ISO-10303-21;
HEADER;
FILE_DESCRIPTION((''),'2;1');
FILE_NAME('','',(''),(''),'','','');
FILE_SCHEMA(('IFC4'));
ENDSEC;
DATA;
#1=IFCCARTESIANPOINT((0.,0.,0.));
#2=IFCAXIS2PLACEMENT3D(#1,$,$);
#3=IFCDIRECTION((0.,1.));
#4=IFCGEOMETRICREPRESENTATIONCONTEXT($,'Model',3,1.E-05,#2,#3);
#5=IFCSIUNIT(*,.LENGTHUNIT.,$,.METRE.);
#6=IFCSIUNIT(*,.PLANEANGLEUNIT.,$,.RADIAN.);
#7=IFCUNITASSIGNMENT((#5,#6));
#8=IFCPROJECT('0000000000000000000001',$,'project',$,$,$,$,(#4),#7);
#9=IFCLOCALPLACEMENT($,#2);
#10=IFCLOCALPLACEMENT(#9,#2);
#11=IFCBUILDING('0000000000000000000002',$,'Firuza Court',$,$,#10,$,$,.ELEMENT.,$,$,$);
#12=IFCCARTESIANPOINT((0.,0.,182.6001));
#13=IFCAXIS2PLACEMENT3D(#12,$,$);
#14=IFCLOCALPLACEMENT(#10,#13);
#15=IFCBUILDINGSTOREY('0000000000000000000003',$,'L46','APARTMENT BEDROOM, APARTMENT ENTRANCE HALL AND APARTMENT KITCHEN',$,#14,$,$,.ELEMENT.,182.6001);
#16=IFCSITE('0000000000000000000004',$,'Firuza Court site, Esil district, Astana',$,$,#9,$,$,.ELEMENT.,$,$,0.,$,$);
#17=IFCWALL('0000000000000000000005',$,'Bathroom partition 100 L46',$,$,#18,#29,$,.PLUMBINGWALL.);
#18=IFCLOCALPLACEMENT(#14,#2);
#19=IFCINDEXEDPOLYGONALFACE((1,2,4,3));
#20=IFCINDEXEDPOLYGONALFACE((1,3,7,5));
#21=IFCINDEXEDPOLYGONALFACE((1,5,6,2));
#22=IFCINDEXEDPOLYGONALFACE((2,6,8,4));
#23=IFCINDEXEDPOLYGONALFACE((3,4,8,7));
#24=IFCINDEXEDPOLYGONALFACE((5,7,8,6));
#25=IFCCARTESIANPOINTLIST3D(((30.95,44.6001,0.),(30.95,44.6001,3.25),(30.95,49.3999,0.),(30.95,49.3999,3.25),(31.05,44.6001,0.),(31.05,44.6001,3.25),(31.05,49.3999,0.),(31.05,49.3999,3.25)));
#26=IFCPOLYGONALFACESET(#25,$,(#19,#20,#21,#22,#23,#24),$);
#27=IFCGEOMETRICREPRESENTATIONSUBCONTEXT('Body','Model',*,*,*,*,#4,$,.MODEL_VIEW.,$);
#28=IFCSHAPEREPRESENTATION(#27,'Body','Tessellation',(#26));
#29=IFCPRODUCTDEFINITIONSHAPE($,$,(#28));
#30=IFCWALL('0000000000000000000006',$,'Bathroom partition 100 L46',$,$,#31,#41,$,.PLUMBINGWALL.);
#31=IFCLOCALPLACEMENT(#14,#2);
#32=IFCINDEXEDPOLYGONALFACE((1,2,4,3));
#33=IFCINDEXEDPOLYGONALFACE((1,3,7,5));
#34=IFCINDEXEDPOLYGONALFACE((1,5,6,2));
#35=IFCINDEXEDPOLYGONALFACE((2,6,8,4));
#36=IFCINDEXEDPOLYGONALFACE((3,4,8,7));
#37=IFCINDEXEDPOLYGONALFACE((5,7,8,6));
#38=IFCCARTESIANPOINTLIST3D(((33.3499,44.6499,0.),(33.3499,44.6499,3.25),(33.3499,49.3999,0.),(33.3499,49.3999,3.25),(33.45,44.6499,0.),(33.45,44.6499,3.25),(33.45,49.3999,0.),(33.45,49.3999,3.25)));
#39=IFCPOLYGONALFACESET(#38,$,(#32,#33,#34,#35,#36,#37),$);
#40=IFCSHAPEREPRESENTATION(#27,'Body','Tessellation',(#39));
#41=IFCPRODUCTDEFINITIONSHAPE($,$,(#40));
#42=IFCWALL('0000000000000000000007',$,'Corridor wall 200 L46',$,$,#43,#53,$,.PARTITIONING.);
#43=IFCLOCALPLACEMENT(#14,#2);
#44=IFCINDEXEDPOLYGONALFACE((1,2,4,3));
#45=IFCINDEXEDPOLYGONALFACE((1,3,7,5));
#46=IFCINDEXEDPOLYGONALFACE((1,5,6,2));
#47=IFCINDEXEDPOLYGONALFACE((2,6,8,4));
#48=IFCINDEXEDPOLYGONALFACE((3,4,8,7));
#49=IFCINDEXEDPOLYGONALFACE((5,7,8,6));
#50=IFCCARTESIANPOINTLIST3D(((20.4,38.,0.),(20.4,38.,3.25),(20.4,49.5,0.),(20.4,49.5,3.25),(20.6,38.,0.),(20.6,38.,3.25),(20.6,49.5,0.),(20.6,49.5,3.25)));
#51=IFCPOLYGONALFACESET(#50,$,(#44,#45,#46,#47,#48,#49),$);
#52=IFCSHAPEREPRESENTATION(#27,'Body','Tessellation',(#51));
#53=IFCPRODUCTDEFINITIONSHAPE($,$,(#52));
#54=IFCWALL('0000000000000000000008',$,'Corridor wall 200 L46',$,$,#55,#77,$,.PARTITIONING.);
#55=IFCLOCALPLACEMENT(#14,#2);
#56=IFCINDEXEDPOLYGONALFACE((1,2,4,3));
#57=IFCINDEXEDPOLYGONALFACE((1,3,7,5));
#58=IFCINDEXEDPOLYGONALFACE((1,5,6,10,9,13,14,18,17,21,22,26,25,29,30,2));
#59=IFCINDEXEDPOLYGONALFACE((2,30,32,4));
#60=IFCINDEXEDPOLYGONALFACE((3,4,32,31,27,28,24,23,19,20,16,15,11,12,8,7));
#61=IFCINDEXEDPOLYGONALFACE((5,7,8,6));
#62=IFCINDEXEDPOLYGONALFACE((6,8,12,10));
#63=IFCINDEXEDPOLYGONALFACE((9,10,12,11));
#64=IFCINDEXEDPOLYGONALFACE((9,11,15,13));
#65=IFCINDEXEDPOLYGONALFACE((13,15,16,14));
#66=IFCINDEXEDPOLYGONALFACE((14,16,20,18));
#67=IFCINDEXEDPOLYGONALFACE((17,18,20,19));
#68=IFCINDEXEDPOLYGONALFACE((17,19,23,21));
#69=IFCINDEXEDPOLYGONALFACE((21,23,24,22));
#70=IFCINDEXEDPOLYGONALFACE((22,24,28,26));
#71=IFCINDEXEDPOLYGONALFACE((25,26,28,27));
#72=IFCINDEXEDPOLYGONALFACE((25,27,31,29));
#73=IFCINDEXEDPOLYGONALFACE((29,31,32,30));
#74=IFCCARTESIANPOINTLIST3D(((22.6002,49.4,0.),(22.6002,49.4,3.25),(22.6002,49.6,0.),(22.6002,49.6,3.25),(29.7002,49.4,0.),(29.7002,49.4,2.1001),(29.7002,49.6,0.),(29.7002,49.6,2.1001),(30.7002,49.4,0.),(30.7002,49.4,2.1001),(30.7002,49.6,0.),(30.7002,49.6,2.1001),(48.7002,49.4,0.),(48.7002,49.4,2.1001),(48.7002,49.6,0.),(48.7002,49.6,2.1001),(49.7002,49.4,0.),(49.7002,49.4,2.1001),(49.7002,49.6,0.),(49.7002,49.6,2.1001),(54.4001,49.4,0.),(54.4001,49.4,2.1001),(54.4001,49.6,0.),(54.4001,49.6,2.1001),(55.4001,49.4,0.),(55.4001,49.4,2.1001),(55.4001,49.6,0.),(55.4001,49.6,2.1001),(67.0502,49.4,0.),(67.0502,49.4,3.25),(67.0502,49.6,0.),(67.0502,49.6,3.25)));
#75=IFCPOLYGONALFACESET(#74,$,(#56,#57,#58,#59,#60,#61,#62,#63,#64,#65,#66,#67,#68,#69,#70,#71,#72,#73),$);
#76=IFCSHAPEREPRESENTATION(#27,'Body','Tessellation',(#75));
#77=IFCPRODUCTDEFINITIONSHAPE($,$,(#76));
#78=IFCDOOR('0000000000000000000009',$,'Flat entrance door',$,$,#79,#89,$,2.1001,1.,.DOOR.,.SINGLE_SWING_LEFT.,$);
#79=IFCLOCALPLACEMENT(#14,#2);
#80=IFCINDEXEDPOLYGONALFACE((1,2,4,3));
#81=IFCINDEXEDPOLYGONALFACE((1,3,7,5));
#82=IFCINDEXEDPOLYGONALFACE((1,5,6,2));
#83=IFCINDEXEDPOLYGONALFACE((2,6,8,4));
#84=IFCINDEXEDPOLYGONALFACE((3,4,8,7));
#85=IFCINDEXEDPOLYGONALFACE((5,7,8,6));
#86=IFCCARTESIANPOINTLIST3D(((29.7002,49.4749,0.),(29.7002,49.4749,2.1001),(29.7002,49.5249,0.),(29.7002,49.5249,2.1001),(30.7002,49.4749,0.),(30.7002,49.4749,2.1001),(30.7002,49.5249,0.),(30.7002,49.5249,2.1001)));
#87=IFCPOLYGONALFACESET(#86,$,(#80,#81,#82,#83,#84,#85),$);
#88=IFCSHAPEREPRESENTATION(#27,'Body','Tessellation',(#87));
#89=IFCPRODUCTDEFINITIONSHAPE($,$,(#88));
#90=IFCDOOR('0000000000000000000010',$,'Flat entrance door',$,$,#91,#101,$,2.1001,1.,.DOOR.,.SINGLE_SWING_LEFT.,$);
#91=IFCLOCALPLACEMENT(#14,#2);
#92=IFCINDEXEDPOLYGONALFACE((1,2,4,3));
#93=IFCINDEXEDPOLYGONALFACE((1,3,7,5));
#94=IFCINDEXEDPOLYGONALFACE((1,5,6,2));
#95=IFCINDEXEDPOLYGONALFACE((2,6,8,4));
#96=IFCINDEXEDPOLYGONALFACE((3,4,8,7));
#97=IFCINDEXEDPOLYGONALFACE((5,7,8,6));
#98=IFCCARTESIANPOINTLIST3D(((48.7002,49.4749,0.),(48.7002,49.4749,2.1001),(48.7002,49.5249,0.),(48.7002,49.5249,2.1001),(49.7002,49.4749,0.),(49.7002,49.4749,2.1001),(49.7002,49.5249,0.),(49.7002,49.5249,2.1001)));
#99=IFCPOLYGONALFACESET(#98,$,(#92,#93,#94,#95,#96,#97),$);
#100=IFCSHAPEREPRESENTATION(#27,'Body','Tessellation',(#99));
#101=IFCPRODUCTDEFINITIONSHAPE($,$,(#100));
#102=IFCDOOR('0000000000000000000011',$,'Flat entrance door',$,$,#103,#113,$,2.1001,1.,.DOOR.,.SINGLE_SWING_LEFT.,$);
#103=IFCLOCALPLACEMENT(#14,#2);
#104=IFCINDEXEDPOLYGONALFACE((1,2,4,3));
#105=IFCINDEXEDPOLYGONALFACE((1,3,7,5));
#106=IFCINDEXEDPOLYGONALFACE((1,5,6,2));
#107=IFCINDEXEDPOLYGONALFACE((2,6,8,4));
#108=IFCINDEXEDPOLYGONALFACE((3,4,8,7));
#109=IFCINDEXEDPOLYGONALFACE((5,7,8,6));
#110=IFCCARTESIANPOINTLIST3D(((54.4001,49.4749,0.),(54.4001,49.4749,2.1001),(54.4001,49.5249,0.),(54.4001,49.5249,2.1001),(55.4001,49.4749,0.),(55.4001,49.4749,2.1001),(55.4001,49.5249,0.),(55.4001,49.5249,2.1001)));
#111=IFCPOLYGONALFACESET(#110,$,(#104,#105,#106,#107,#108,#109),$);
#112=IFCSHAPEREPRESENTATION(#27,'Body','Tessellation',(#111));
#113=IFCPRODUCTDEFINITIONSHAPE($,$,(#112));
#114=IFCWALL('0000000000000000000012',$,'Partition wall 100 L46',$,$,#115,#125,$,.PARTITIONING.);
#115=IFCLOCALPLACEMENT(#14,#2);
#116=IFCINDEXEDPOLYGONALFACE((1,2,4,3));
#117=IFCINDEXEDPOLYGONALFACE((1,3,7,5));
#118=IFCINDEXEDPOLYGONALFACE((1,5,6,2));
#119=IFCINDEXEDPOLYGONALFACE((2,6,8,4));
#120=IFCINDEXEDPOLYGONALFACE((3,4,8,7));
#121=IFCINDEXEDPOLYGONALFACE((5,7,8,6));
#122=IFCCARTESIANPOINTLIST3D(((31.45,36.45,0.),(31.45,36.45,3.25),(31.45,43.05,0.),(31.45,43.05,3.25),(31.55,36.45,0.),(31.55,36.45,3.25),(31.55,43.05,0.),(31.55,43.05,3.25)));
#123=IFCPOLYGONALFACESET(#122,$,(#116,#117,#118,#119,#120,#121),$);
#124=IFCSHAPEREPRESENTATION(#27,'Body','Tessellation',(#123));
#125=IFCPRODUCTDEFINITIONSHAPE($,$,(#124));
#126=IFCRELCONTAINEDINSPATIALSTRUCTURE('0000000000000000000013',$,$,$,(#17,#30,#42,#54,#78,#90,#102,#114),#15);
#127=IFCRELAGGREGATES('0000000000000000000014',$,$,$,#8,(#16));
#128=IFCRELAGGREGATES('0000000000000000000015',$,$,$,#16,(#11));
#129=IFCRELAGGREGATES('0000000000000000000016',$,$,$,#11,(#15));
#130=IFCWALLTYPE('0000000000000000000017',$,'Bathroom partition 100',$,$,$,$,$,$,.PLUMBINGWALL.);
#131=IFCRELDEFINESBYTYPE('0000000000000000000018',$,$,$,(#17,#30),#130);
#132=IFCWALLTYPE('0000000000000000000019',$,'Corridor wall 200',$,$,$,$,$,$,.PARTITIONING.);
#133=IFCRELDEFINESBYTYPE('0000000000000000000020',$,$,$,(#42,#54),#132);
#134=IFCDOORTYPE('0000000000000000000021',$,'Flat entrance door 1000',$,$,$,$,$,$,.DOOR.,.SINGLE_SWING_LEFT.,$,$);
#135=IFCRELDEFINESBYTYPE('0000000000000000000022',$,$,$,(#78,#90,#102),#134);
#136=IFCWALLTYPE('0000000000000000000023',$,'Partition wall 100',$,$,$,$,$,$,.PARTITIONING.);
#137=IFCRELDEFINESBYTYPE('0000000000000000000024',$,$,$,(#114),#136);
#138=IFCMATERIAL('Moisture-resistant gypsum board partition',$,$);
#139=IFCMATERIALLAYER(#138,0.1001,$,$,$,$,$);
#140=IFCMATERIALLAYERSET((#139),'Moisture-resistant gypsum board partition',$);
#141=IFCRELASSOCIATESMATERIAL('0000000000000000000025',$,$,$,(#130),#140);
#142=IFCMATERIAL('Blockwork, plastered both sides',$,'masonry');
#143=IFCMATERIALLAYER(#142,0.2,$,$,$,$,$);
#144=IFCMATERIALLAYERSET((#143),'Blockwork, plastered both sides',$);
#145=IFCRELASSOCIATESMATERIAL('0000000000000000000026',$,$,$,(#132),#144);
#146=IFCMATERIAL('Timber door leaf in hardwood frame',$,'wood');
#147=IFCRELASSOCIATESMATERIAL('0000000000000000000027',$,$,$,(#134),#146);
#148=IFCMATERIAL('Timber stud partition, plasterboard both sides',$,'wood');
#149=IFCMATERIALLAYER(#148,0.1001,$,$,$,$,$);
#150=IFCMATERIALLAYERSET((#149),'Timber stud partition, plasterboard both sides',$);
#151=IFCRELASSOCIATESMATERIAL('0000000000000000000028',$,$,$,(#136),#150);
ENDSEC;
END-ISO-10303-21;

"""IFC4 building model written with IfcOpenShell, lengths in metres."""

from ifc_helpers import new_model, si_unit, direction, frame, frame_2d, origin, place, context, subcontext, project, spatial, rectangle, extrude, material, layer, layer_set, type_object, element, fill, save


model = new_model("IFC4")

# Units and contexts
model_context = context("Model", 3, precision=1e-05, world=origin(), true_north=direction((0.0, 1.0)))
body_context = subcontext(model_context, "Body", "Model", "MODEL_VIEW")
ifc_project = project(units=[si_unit("LENGTHUNIT", "METRE"), si_unit("PLANEANGLEUNIT", "RADIAN")], contexts=[model_context])

# Site, building, storey
site_placement = place(None, origin())
site = spatial("IfcSite", under=ifc_project, at=site_placement, Name="Firuza Court site, Esil district, Astana", CompositionType="ELEMENT", RefElevation=0.0)
building_placement = place(site_placement, origin())
building = spatial("IfcBuilding", under=site, at=building_placement, Name="Firuza Court", CompositionType="ELEMENT")
storey_placement = place(building_placement, frame((0.0, 0.0, 182.6001)))
storey = spatial("IfcBuildingStorey", under=building, at=storey_placement, Name="L46", Description="APARTMENT BEDROOM, APARTMENT ENTRANCE HALL AND APARTMENT KITCHEN", CompositionType="ELEMENT", Elevation=182.6001)

# Walls
ifc_material_1 = material(Name="Moisture-resistant gypsum board partition")
ifc_layer_1 = layer(ifc_material_1, 0.1001)
ifc_layer_set_1 = layer_set([ifc_layer_1], Name="Moisture-resistant gypsum board partition")
wall_type_1 = type_object("IfcWallType", Name="Bathroom partition 100", PredefinedType="PLUMBINGWALL", material=ifc_layer_set_1)
wall_1_placement = place(storey_placement, frame((31.0, 44.6001, 0.0), z_axis=(0.0, 0.0, 1.0), x_axis=(0.0, 1.0, 0.0)))
element("IfcWall", 1, at=wall_1_placement, inside=storey, type_object=wall_type_1, Name="Bathroom partition 100 L46", PredefinedType="PLUMBINGWALL", context=body_context, shape_type="SweptSolid", body=[
    extrude(rectangle(XDim=4.7998, YDim=0.1001, at=frame_2d((2.3999, 0.0))), origin(), (0.0, 0.0, 1.0), 3.25),
])
wall_2_placement = place(storey_placement, frame((33.3999, 44.6499, 0.0), z_axis=(0.0, 0.0, 1.0), x_axis=(0.0, 1.0, 0.0)))
element("IfcWall", 2, at=wall_2_placement, inside=storey, type_object=wall_type_1, Name="Bathroom partition 100 L46", PredefinedType="PLUMBINGWALL", context=body_context, shape_type="SweptSolid", body=[
    extrude(rectangle(XDim=4.75, YDim=0.1001, at=frame_2d((2.375, 0.0))), origin(), (0.0, 0.0, 1.0), 3.25),
])
ifc_material_2 = material(Name="Blockwork, plastered both sides", Category="masonry")
ifc_layer_2 = layer(ifc_material_2, 0.2)
ifc_layer_set_2 = layer_set([ifc_layer_2], Name="Blockwork, plastered both sides")
wall_type_2 = type_object("IfcWallType", Name="Corridor wall 200", PredefinedType="PARTITIONING", material=ifc_layer_set_2)
wall_3_placement = place(storey_placement, frame((20.5, 38.0, 0.0), z_axis=(0.0, 0.0, 1.0), x_axis=(0.0, 1.0, 0.0)))
element("IfcWall", 3, at=wall_3_placement, inside=storey, type_object=wall_type_2, Name="Corridor wall 200 L46", PredefinedType="PARTITIONING", context=body_context, shape_type="SweptSolid", body=[
    extrude(rectangle(XDim=11.5, YDim=0.2, at=frame_2d((5.75, 0.0))), origin(), (0.0, 0.0, 1.0), 3.25),
])

# Wall, openings, doors
wall_4_placement = place(storey_placement, frame((22.6001, 49.5, 0.0), z_axis=(0.0, 0.0, 1.0), x_axis=(1.0, 0.0, 0.0)))
wall_4 = element("IfcWall", 4, at=wall_4_placement, inside=storey, type_object=wall_type_2, Name="Corridor wall 200 L46", PredefinedType="PARTITIONING", context=body_context, shape_type="SweptSolid", body=[
    extrude(rectangle(XDim=44.45, YDim=0.2, at=frame_2d((22.2251, 0.0))), origin(), (0.0, 0.0, 1.0), 3.25),
])
opening_1_placement = place(wall_4_placement, frame((7.1001, 0.0, 0.0)))
opening_1 = element("IfcOpeningElement", 5, at=opening_1_placement, cuts=wall_4, PredefinedType="OPENING", context=body_context, shape_type="SweptSolid", body=[
    extrude(rectangle(XDim=1.0, YDim=2.1001, at=frame_2d((0.5, 1.05))), frame((0.0, 0.1118, 0.0), z_axis=(0.0, -1.0, 0.0), x_axis=(1.0, 0.0, 0.0)), (0.0, 0.0, 1.0), 0.2239),
])
opening_2_placement = place(wall_4_placement, frame((26.1001, 0.0, 0.0)))
opening_2 = element("IfcOpeningElement", 6, at=opening_2_placement, cuts=wall_4, PredefinedType="OPENING", context=body_context, shape_type="SweptSolid", body=[
    extrude(rectangle(XDim=1.0, YDim=2.1001, at=frame_2d((0.5, 1.05))), frame((0.0, 0.1118, 0.0), z_axis=(0.0, -1.0, 0.0), x_axis=(1.0, 0.0, 0.0)), (0.0, 0.0, 1.0), 0.2239),
])
opening_3_placement = place(wall_4_placement, frame((31.8, 0.0, 0.0)))
opening_3 = element("IfcOpeningElement", 7, at=opening_3_placement, cuts=wall_4, PredefinedType="OPENING", context=body_context, shape_type="SweptSolid", body=[
    extrude(rectangle(XDim=1.0, YDim=2.1001, at=frame_2d((0.5, 1.05))), frame((0.0, 0.1118, 0.0), z_axis=(0.0, -1.0, 0.0), x_axis=(1.0, 0.0, 0.0)), (0.0, 0.0, 1.0), 0.2239),
])
ifc_material_3 = material(Name="Timber door leaf in hardwood frame", Category="wood")
door_type_1 = type_object("IfcDoorType", Name="Flat entrance door 1000", OperationType="SINGLE_SWING_LEFT", PredefinedType="DOOR", material=ifc_material_3)
door_1_placement = place(opening_1_placement, origin())
door_1 = element("IfcDoor", 8, at=door_1_placement, inside=storey, type_object=door_type_1, Name="Flat entrance door", OperationType="SINGLE_SWING_LEFT", OverallHeight=2.1001, OverallWidth=1.0, PredefinedType="DOOR", context=body_context, shape_type="SweptSolid", body=[
    extrude(rectangle(XDim=1.0, YDim=2.1001, at=frame_2d((0.5, 1.05))), frame((0.0, 0.0249, 0.0), z_axis=(0.0, -1.0, 0.0), x_axis=(1.0, 0.0, 0.0)), (0.0, 0.0, 1.0), 0.05),
])
fill(opening_1, door_1)
door_2_placement = place(opening_2_placement, origin())
door_2 = element("IfcDoor", 9, at=door_2_placement, inside=storey, type_object=door_type_1, Name="Flat entrance door", OperationType="SINGLE_SWING_LEFT", OverallHeight=2.1001, OverallWidth=1.0, PredefinedType="DOOR", context=body_context, shape_type="SweptSolid", body=[
    extrude(rectangle(XDim=1.0, YDim=2.1001, at=frame_2d((0.5, 1.05))), frame((0.0, 0.0249, 0.0), z_axis=(0.0, -1.0, 0.0), x_axis=(1.0, 0.0, 0.0)), (0.0, 0.0, 1.0), 0.05),
])
fill(opening_2, door_2)
door_3_placement = place(opening_3_placement, origin())
door_3 = element("IfcDoor", 10, at=door_3_placement, inside=storey, type_object=door_type_1, Name="Flat entrance door", OperationType="SINGLE_SWING_LEFT", OverallHeight=2.1001, OverallWidth=1.0, PredefinedType="DOOR", context=body_context, shape_type="SweptSolid", body=[
    extrude(rectangle(XDim=1.0, YDim=2.1001, at=frame_2d((0.5, 1.05))), frame((0.0, 0.0249, 0.0), z_axis=(0.0, -1.0, 0.0), x_axis=(1.0, 0.0, 0.0)), (0.0, 0.0, 1.0), 0.05),
])
fill(opening_3, door_3)

# Wall
ifc_material_4 = material(Name="Timber stud partition, plasterboard both sides", Category="wood")
ifc_layer_3 = layer(ifc_material_4, 0.1001)
ifc_layer_set_3 = layer_set([ifc_layer_3], Name="Timber stud partition, plasterboard both sides")
wall_type_3 = type_object("IfcWallType", Name="Partition wall 100", PredefinedType="PARTITIONING", material=ifc_layer_set_3)
wall_5_placement = place(storey_placement, frame((31.5, 36.45, 0.0), z_axis=(0.0, 0.0, 1.0), x_axis=(0.0, 1.0, 0.0)))
element("IfcWall", 11, at=wall_5_placement, inside=storey, type_object=wall_type_3, Name="Partition wall 100 L46", PredefinedType="PARTITIONING", context=body_context, shape_type="SweptSolid", body=[
    extrude(rectangle(XDim=6.6001, YDim=0.1001, at=frame_2d((3.3, 0.0))), origin(), (0.0, 0.0, 1.0), 3.25),
])

save(model, "model.ifc")
